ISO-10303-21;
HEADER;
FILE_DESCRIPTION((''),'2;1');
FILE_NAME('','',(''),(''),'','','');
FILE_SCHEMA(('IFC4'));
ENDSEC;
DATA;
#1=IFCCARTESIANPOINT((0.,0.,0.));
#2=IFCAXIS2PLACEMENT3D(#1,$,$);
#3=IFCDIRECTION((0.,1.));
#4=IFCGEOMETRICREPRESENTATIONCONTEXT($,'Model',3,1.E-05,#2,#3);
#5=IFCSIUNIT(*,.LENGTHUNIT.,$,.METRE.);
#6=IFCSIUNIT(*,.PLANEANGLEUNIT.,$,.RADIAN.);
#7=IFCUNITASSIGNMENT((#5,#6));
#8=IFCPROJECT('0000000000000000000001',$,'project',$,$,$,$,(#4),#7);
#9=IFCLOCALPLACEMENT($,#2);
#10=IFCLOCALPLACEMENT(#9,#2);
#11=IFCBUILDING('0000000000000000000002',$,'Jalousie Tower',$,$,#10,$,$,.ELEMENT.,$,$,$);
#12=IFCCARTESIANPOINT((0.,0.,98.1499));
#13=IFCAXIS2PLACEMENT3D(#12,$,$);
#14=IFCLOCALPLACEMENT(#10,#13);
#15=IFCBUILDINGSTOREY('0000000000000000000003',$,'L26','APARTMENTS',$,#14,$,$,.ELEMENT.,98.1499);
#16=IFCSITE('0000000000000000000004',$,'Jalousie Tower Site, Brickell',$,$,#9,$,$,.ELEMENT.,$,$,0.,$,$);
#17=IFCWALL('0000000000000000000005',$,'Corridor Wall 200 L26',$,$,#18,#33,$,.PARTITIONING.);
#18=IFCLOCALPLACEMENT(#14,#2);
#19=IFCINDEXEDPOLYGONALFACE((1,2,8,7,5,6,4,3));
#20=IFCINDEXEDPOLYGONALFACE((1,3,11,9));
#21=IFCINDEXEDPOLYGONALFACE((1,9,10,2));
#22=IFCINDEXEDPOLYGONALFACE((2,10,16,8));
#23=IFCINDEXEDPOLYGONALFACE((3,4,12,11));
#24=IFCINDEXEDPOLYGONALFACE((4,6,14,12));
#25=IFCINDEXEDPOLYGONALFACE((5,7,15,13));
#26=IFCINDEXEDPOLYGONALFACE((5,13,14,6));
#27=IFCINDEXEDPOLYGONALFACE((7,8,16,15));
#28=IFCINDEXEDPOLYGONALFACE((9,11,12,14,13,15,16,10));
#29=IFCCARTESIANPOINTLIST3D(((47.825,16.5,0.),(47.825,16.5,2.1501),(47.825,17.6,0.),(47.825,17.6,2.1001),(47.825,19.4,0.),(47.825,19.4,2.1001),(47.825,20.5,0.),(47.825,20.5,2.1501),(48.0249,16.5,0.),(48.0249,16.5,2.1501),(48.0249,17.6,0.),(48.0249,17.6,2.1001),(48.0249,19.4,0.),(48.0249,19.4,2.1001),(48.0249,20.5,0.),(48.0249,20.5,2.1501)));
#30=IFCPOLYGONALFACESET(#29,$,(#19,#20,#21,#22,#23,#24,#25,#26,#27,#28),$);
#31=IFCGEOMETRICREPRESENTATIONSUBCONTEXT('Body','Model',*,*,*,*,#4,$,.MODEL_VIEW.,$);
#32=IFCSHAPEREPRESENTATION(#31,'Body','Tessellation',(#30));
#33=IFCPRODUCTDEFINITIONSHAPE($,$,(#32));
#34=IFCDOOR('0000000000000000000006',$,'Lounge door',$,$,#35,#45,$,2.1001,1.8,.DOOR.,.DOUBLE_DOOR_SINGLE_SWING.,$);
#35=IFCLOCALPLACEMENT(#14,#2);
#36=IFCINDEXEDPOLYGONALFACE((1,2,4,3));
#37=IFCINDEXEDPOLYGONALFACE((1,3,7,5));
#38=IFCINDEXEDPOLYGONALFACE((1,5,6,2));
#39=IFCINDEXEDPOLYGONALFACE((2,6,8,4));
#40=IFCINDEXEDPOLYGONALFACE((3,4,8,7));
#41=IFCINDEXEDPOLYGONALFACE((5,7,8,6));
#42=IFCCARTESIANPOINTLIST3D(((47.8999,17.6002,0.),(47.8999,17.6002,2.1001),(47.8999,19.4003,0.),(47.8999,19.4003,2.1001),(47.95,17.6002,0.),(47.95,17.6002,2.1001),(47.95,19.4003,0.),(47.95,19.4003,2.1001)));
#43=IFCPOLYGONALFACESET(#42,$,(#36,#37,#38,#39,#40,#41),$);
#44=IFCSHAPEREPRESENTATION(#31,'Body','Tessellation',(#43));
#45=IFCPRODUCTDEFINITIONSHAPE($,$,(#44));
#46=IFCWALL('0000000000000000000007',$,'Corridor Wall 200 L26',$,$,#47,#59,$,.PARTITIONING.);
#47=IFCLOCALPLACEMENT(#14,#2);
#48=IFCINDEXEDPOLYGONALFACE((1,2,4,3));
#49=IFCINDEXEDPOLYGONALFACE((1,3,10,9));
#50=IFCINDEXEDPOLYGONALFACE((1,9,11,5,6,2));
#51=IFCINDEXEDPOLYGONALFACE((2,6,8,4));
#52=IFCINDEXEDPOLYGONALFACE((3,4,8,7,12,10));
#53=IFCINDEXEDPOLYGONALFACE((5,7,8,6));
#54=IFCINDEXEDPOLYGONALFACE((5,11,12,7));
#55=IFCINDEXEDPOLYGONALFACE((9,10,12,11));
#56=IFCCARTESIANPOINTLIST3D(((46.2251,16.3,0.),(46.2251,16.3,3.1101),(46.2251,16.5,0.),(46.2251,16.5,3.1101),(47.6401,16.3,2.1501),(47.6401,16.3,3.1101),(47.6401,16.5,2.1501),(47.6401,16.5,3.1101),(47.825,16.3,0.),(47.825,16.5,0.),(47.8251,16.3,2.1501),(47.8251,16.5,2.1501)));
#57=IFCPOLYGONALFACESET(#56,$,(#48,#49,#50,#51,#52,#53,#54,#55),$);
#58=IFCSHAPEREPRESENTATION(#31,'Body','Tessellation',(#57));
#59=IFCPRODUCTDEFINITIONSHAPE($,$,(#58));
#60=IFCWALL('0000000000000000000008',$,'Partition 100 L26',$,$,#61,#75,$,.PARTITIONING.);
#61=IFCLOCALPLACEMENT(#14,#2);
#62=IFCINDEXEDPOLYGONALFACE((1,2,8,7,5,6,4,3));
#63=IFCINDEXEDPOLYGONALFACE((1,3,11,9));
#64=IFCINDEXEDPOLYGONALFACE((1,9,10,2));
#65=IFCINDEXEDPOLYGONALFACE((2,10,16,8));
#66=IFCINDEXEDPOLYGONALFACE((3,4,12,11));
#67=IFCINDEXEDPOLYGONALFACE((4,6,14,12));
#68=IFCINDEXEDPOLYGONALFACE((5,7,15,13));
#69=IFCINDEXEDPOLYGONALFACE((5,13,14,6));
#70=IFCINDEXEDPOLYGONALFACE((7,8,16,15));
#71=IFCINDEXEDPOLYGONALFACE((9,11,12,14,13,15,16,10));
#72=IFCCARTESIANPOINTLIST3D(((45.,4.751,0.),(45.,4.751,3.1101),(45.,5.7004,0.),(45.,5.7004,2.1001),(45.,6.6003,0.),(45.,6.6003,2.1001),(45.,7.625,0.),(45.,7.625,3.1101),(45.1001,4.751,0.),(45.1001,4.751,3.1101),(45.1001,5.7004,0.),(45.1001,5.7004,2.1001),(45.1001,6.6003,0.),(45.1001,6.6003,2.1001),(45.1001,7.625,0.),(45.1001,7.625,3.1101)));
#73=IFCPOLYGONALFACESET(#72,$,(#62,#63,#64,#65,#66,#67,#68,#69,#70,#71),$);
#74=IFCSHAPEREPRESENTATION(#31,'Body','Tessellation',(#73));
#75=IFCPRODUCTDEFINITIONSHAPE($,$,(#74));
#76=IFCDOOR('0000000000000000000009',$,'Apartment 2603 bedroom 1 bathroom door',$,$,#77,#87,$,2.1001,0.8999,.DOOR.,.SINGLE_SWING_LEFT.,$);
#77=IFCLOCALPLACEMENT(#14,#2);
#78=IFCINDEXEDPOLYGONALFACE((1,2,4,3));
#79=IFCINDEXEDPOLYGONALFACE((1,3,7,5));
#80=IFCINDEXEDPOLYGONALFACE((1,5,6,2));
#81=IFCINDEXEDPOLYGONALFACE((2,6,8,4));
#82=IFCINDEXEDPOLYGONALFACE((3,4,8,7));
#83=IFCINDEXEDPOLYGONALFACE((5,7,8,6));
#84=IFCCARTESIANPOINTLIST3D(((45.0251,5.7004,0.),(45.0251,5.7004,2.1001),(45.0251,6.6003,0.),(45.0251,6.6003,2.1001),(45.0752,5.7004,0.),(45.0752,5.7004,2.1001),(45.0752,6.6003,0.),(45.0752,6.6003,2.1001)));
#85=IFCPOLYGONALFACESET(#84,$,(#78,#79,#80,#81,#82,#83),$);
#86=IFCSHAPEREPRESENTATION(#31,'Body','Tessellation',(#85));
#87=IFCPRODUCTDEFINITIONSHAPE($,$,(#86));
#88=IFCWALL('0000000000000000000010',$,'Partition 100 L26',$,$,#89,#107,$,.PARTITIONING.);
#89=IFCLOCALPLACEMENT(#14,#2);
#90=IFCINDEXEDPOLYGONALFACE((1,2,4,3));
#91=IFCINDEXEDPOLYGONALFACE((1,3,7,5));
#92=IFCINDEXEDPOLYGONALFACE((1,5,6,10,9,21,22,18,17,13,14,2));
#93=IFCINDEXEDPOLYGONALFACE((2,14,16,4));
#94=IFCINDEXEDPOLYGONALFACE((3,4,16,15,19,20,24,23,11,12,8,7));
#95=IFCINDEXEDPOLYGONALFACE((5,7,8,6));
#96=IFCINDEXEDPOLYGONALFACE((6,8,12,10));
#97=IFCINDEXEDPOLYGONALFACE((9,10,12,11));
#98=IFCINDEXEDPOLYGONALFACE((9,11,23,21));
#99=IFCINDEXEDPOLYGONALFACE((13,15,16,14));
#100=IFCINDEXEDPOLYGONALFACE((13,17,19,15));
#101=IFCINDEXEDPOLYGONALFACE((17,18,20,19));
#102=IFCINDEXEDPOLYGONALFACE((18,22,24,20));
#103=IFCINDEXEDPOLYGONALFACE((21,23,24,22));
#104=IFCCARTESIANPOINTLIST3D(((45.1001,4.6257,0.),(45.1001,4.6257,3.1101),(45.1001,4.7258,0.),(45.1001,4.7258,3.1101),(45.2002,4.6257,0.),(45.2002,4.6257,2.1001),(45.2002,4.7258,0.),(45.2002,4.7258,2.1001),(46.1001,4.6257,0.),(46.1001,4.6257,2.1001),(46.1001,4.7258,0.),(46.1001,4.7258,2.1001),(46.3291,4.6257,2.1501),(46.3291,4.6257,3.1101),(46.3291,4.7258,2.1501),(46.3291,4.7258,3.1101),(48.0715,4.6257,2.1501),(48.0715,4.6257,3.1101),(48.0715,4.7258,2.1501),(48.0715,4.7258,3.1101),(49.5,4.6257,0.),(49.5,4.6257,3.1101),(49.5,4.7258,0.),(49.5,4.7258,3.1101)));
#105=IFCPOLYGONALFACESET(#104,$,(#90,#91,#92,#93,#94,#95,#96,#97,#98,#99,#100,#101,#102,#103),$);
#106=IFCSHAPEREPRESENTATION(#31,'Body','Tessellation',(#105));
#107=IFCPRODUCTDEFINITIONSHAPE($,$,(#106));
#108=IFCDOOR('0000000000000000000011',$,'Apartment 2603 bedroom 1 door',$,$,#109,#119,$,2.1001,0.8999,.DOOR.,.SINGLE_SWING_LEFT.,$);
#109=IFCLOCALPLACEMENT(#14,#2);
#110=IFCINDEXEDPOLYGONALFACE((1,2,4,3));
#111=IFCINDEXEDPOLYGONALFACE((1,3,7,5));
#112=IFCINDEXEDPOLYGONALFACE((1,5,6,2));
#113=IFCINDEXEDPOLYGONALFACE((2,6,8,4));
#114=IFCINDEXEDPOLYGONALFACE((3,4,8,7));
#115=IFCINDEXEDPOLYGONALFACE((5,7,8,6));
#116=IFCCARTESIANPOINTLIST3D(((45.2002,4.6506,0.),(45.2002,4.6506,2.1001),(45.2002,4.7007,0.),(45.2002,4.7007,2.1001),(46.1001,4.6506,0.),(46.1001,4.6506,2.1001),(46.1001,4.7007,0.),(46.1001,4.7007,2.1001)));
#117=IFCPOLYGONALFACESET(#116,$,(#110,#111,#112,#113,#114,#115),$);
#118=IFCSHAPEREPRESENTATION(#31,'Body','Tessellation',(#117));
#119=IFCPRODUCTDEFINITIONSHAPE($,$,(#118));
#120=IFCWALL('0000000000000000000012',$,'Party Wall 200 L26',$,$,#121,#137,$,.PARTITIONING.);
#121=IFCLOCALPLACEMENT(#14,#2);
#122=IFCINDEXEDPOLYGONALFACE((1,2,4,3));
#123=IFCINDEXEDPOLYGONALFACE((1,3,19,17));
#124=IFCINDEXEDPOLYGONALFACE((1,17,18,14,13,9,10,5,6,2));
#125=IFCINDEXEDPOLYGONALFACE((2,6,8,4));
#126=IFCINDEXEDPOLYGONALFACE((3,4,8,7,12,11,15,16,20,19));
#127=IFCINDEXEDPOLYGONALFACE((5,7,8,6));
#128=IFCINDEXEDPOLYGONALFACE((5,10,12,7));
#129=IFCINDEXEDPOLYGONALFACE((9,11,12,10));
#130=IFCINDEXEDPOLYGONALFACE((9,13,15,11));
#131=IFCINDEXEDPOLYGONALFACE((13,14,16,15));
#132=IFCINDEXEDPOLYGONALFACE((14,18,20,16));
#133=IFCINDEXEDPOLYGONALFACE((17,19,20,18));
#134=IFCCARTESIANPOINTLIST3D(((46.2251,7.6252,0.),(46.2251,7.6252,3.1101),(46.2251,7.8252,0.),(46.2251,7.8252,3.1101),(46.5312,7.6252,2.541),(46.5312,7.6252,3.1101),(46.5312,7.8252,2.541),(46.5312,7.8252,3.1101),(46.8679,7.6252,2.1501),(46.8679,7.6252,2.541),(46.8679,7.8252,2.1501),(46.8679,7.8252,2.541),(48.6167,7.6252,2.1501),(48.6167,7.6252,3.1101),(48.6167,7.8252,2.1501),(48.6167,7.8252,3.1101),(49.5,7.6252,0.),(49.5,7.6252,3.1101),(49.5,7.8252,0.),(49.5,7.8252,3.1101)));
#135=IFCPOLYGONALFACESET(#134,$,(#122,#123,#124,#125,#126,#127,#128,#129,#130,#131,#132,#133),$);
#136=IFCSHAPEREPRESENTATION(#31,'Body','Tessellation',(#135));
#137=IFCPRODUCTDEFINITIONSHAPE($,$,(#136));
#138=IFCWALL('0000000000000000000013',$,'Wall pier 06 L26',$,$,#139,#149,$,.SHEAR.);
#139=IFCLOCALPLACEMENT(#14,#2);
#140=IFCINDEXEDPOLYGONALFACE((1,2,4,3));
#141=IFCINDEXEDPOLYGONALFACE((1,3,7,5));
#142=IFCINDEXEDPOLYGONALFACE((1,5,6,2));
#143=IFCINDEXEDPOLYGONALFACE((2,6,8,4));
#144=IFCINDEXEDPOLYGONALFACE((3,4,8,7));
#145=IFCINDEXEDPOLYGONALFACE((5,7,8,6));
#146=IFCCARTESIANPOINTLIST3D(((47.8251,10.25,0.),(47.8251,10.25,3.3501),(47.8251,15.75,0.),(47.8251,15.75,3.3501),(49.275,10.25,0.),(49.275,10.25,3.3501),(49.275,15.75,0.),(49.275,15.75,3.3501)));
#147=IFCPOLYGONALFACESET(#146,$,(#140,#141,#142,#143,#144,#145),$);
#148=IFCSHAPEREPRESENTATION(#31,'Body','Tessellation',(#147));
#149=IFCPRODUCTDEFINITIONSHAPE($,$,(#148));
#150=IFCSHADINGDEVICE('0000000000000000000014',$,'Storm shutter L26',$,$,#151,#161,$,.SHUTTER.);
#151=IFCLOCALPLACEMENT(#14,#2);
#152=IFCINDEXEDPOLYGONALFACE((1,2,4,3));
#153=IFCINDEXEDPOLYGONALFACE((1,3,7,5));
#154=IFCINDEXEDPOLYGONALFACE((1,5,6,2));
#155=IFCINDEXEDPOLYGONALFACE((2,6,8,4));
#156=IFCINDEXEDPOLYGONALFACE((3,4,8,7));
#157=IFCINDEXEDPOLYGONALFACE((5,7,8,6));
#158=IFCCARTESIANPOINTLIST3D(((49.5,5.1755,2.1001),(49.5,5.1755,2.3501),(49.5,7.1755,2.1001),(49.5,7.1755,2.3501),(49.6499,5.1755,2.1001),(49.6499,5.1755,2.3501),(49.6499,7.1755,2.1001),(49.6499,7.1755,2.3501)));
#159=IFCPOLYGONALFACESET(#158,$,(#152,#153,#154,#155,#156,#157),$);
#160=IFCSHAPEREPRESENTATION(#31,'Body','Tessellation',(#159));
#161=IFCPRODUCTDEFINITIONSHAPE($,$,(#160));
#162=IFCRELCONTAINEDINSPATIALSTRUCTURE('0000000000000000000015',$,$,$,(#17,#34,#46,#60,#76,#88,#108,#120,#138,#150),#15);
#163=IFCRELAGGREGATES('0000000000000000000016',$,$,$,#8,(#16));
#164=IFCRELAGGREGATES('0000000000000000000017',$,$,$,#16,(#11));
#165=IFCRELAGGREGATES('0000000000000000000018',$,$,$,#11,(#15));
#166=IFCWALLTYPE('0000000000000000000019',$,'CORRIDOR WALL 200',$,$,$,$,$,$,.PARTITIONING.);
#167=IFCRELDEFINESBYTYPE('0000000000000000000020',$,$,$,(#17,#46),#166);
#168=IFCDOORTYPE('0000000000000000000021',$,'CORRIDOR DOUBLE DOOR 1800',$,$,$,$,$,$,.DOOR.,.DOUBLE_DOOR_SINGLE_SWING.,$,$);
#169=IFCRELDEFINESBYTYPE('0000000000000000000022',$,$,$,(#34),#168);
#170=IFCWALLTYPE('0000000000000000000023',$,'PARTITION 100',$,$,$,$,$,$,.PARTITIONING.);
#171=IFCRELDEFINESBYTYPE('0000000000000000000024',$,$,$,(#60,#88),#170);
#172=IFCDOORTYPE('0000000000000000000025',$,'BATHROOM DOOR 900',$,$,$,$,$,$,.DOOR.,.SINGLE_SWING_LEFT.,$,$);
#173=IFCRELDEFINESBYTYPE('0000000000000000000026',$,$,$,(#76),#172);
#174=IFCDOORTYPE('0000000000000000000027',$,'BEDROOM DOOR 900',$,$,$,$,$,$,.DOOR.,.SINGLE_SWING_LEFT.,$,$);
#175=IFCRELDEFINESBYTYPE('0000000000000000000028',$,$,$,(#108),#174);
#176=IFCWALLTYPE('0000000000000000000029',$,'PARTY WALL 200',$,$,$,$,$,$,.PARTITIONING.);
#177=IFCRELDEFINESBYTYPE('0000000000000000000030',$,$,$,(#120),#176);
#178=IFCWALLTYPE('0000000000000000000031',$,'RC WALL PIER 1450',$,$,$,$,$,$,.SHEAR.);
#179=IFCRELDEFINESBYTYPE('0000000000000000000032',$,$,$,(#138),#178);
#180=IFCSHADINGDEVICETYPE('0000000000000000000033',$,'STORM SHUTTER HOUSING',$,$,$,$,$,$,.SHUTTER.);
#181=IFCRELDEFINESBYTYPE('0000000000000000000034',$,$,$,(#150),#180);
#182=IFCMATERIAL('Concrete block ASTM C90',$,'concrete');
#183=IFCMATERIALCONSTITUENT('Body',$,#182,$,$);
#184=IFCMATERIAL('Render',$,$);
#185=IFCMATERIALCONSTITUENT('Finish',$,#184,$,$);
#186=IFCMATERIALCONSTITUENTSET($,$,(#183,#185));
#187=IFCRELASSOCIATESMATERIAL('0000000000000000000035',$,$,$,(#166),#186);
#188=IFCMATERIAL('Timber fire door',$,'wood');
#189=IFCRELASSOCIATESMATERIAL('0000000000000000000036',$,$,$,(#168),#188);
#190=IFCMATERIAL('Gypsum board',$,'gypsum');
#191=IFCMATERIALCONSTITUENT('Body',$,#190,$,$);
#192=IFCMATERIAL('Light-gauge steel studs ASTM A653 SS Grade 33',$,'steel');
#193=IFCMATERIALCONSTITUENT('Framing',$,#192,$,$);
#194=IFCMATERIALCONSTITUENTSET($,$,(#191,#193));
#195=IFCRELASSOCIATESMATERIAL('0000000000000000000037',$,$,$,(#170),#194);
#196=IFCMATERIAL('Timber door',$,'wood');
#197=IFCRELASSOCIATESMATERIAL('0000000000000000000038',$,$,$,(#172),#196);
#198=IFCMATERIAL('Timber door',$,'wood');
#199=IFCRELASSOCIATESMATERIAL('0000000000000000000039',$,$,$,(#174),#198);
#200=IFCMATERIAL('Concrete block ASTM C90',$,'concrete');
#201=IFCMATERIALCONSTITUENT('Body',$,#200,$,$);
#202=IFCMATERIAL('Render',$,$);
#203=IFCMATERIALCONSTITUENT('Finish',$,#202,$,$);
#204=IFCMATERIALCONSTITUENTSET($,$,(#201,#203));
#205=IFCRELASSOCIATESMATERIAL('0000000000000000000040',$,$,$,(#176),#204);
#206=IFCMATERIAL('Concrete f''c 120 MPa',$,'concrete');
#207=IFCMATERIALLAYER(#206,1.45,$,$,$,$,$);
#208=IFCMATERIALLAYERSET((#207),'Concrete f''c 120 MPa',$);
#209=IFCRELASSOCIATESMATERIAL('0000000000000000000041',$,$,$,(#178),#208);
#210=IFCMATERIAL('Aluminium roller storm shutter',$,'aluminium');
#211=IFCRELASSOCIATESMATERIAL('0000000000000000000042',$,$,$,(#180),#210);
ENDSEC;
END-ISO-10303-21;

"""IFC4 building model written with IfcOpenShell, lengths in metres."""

from ifc_helpers import new_model, si_unit, direction, frame, frame_2d, origin, origin_2d, place, context, subcontext, project, spatial, polyline, rectangle, outline, extrude, material, layer, layer_set, constituent, constituent_set, type_object, element, fill, save


model = new_model("IFC4")

# Units and contexts
model_context = context("Model", 3, precision=1e-05, world=origin(), true_north=direction((0.0, 1.0)))
body_context = subcontext(model_context, "Body", "Model", "MODEL_VIEW")
ifc_project = project(units=[si_unit("LENGTHUNIT", "METRE"), si_unit("PLANEANGLEUNIT", "RADIAN")], contexts=[model_context])

# Site, building, storey
site_placement = place(None, origin())
site = spatial("IfcSite", under=ifc_project, at=site_placement, Name="Jalousie Tower Site, Brickell", CompositionType="ELEMENT", RefElevation=0.0)
building_placement = place(site_placement, origin())
building = spatial("IfcBuilding", under=site, at=building_placement, Name="Jalousie Tower", CompositionType="ELEMENT")
storey_placement = place(building_placement, frame((0.0, 0.0, 98.1499)))
storey = spatial("IfcBuildingStorey", under=building, at=storey_placement, Name="L26", Description="APARTMENTS", CompositionType="ELEMENT", Elevation=98.1499)

# Shared definitions
ifc_material_1 = material(Name="Concrete block ASTM C90", Category="concrete")
ifc_constituent_1 = constituent(ifc_material_1, Name="Body")
ifc_material_2 = material(Name="Render")
ifc_constituent_2 = constituent(ifc_material_2, Name="Finish")
ifc_constituent_set_1 = constituent_set(constituents=[ifc_constituent_1, ifc_constituent_2])
wall_type_1 = type_object("IfcWallType", Name="CORRIDOR WALL 200", PredefinedType="PARTITIONING", material=ifc_constituent_set_1)

# Wall, opening, door
wall_1_placement = place(storey_placement, frame((47.925, 16.5, 0.0), z_axis=(0.0, 0.0, 1.0), x_axis=(0.0, 1.0, 0.0)))
wall_1 = element("IfcWall", 1, at=wall_1_placement, inside=storey, type_object=wall_type_1, Name="Corridor Wall 200 L26", PredefinedType="PARTITIONING", context=body_context, shape_type="SweptSolid", body=[
    extrude(outline(polyline([(0.0, 0.0), (4.0, 0.0), (4.0, 3.1101), (4.0, 2.1501), (0.0, 2.1501), (0.0, 3.1101), (0.0, 0.0)])), frame((0.0, 0.1001, 0.0), z_axis=(0.0, -1.0, 0.0), x_axis=(1.0, 0.0, 0.0)), (0.0, 0.0, 1.0), 0.2),
])
opening_1_placement = place(wall_1_placement, frame((1.1001, 0.0, 0.0)))
opening_1 = element("IfcOpeningElement", 2, at=opening_1_placement, cuts=wall_1, PredefinedType="OPENING", context=body_context, shape_type="SweptSolid", body=[
    extrude(rectangle(XDim=1.8, YDim=2.1001, at=frame_2d((0.8999, 1.05))), frame((0.0, 0.1099, 0.0), z_axis=(0.0, -1.0, 0.0), x_axis=(1.0, 0.0, 0.0)), (0.0, 0.0, 1.0), 0.22),
])
ifc_material_3 = material(Name="Timber fire door", Category="wood")
door_type_1 = type_object("IfcDoorType", Name="CORRIDOR DOUBLE DOOR 1800", OperationType="DOUBLE_DOOR_SINGLE_SWING", PredefinedType="DOOR", material=ifc_material_3)
door_1_placement = place(opening_1_placement, frame((1.8, 0.0, 0.0), z_axis=(0.0, 0.0, 1.0), x_axis=(-1.0, 0.0, 0.0)))
door_1 = element("IfcDoor", 3, at=door_1_placement, inside=storey, type_object=door_type_1, Name="Lounge door", OperationType="DOUBLE_DOOR_SINGLE_SWING", OverallHeight=2.1001, OverallWidth=1.8, PredefinedType="DOOR", context=body_context, shape_type="SweptSolid", body=[
    extrude(rectangle(XDim=1.8, YDim=2.1001, at=frame_2d((0.8999, 1.05))), frame((0.0, 0.0249, 0.0), z_axis=(0.0, -1.0, 0.0), x_axis=(1.0, 0.0, 0.0)), (0.0, 0.0, 1.0), 0.05),
])
fill(opening_1, door_1)

# Wall
wall_2_placement = place(storey_placement, frame((46.2251, 16.3999, 0.0), z_axis=(0.0, 0.0, 1.0), x_axis=(1.0, 0.0, 0.0)))
element("IfcWall", 4, at=wall_2_placement, inside=storey, type_object=wall_type_1, Name="Corridor Wall 200 L26", PredefinedType="PARTITIONING", context=body_context, shape_type="SweptSolid", body=[
    extrude(outline(polyline([(0.0, 0.0), (1.5999, 0.0), (1.6001, 3.1101), (1.6001, 2.1501), (1.415, 2.1501), (1.415, 3.1101), (0.0, 3.1101), (0.0, 0.0)])), frame((0.0, 0.1001, 0.0), z_axis=(0.0, -1.0, 0.0), x_axis=(1.0, 0.0, 0.0)), (0.0, 0.0, 1.0), 0.2),
])

# Walls, openings, doors
ifc_material_4 = material(Name="Gypsum board", Category="gypsum")
ifc_constituent_3 = constituent(ifc_material_4, Name="Body")
ifc_material_5 = material(Name="Light-gauge steel studs ASTM A653 SS Grade 33", Category="steel")
ifc_constituent_4 = constituent(ifc_material_5, Name="Framing")
ifc_constituent_set_2 = constituent_set(constituents=[ifc_constituent_3, ifc_constituent_4])
wall_type_2 = type_object("IfcWallType", Name="PARTITION 100", PredefinedType="PARTITIONING", material=ifc_constituent_set_2)
wall_3_placement = place(storey_placement, frame((45.05, 4.751, 0.0), z_axis=(0.0, 0.0, 1.0), x_axis=(0.0, 1.0, 0.0)))
wall_3 = element("IfcWall", 5, at=wall_3_placement, inside=storey, type_object=wall_type_2, Name="Partition 100 L26", PredefinedType="PARTITIONING", context=body_context, shape_type="SweptSolid", body=[
    extrude(rectangle(XDim=2.874, YDim=0.1001, at=frame_2d((1.437, 0.0))), origin(), (0.0, 0.0, 1.0), 3.1101),
])
opening_2_placement = place(wall_3_placement, frame((0.9495, 0.0, 0.0)))
opening_2 = element("IfcOpeningElement", 6, at=opening_2_placement, cuts=wall_3, PredefinedType="OPENING", context=body_context, shape_type="SweptSolid", body=[
    extrude(rectangle(XDim=0.8999, YDim=2.1001, at=frame_2d((0.45, 1.05))), frame((0.0, 0.0601, 0.0), z_axis=(0.0, -1.0, 0.0), x_axis=(1.0, 0.0, 0.0)), (0.0, 0.0, 1.0), 0.1201),
])
ifc_material_6 = material(Name="Timber door", Category="wood")
door_type_2 = type_object("IfcDoorType", Name="BATHROOM DOOR 900", OperationType="SINGLE_SWING_LEFT", PredefinedType="DOOR", material=ifc_material_6)
door_2_placement = place(opening_2_placement, origin())
door_2 = element("IfcDoor", 7, at=door_2_placement, inside=storey, type_object=door_type_2, Name="Apartment 2603 bedroom 1 bathroom door", OperationType="SINGLE_SWING_LEFT", OverallHeight=2.1001, OverallWidth=0.8999, PredefinedType="DOOR", context=body_context, shape_type="SweptSolid", body=[
    extrude(rectangle(XDim=0.8999, YDim=2.1001, at=frame_2d((0.45, 1.05))), frame((0.0, 0.0249, 0.0), z_axis=(0.0, -1.0, 0.0), x_axis=(1.0, 0.0, 0.0)), (0.0, 0.0, 1.0), 0.05),
])
fill(opening_2, door_2)
wall_4_placement = place(storey_placement, frame((45.1001, 4.6758, 0.0), z_axis=(0.0, 0.0, 1.0), x_axis=(1.0, 0.0, 0.0)))
wall_4 = element("IfcWall", 8, at=wall_4_placement, inside=storey, type_object=wall_type_2, Name="Partition 100 L26", PredefinedType="PARTITIONING", context=body_context, shape_type="SweptSolid", body=[
    extrude(outline(polyline([(0.0, 0.0), (4.3999, 0.0), (4.3999, 3.1101), (2.9714, 3.1101), (2.9714, 2.1501), (1.229, 2.1501), (1.229, 3.1101), (0.0, 3.1101), (0.0, 0.0)])), frame((0.0, 0.05, 0.0), z_axis=(0.0, -1.0, 0.0), x_axis=(1.0, 0.0, 0.0)), (0.0, 0.0, 1.0), 0.1001),
])
opening_3_placement = place(wall_4_placement, frame((0.1001, 0.0, 0.0)))
opening_3 = element("IfcOpeningElement", 9, at=opening_3_placement, cuts=wall_4, PredefinedType="OPENING", context=body_context, shape_type="SweptSolid", body=[
    extrude(rectangle(XDim=0.8999, YDim=2.1001, at=frame_2d((0.45, 1.05))), frame((0.0, 0.0601, 0.0), z_axis=(0.0, -1.0, 0.0), x_axis=(1.0, 0.0, 0.0)), (0.0, 0.0, 1.0), 0.1201),
])
ifc_material_7 = material(Name="Timber door", Category="wood")
door_type_3 = type_object("IfcDoorType", Name="BEDROOM DOOR 900", OperationType="SINGLE_SWING_LEFT", PredefinedType="DOOR", material=ifc_material_7)
door_3_placement = place(opening_3_placement, origin())
door_3 = element("IfcDoor", 10, at=door_3_placement, inside=storey, type_object=door_type_3, Name="Apartment 2603 bedroom 1 door", OperationType="SINGLE_SWING_LEFT", OverallHeight=2.1001, OverallWidth=0.8999, PredefinedType="DOOR", context=body_context, shape_type="SweptSolid", body=[
    extrude(rectangle(XDim=0.8999, YDim=2.1001, at=frame_2d((0.45, 1.05))), frame((0.0, 0.0249, 0.0), z_axis=(0.0, -1.0, 0.0), x_axis=(1.0, 0.0, 0.0)), (0.0, 0.0, 1.0), 0.05),
])
fill(opening_3, door_3)

# Walls
ifc_material_8 = material(Name="Concrete block ASTM C90", Category="concrete")
ifc_constituent_5 = constituent(ifc_material_8, Name="Body")
ifc_material_9 = material(Name="Render")
ifc_constituent_6 = constituent(ifc_material_9, Name="Finish")
ifc_constituent_set_3 = constituent_set(constituents=[ifc_constituent_5, ifc_constituent_6])
wall_type_3 = type_object("IfcWallType", Name="PARTY WALL 200", PredefinedType="PARTITIONING", material=ifc_constituent_set_3)
wall_5_placement = place(storey_placement, frame((46.2251, 7.7251, 0.0), z_axis=(0.0, 0.0, 1.0), x_axis=(1.0, 0.0, 0.0)))
element("IfcWall", 11, at=wall_5_placement, inside=storey, type_object=wall_type_3, Name="Party Wall 200 L26", PredefinedType="PARTITIONING", context=body_context, shape_type="SweptSolid", body=[
    extrude(outline(polyline([(0.0, 0.0), (3.2749, 0.0), (3.2749, 3.1101), (2.3916, 3.1101), (2.3916, 2.1501), (0.6428, 2.1501), (0.6428, 2.541), (0.3062, 2.541), (0.3062, 3.1101), (0.0, 3.1101), (0.0, 0.0)])), frame((0.0, 0.1001, 0.0), z_axis=(0.0, -1.0, 0.0), x_axis=(1.0, 0.0, 0.0)), (0.0, 0.0, 1.0), 0.2),
])
ifc_material_10 = material(Name="Concrete f'c 120 MPa", Category="concrete")
ifc_layer_1 = layer(ifc_material_10, 1.45)
ifc_layer_set_1 = layer_set([ifc_layer_1], Name="Concrete f'c 120 MPa")
wall_type_4 = type_object("IfcWallType", Name="RC WALL PIER 1450", PredefinedType="SHEAR", material=ifc_layer_set_1)
wall_6_placement = place(storey_placement, frame((48.55, 10.25, 0.0), z_axis=(0.0, 0.0, 1.0), x_axis=(0.0, 1.0, 0.0)))
element("IfcWall", 12, at=wall_6_placement, inside=storey, type_object=wall_type_4, Name="Wall pier 06 L26", PredefinedType="SHEAR", context=body_context, shape_type="SweptSolid", body=[
    extrude(rectangle(XDim=5.5, YDim=1.45, at=frame_2d((2.75, 0.0))), origin(), (0.0, 0.0, 1.0), 3.3501),
])

# Shading device
ifc_material_11 = material(Name="Aluminium roller storm shutter", Category="aluminium")
shading_device_type = type_object("IfcShadingDeviceType", Name="STORM SHUTTER HOUSING", PredefinedType="SHUTTER", material=ifc_material_11)
shading_device_placement = place(storey_placement, frame((49.575, 6.1755, 2.1001), z_axis=(0.0, 0.0, 1.0), x_axis=(0.0, 1.0, 0.0)))
element("IfcShadingDevice", 13, at=shading_device_placement, inside=storey, type_object=shading_device_type, Name="Storm shutter L26", PredefinedType="SHUTTER", context=body_context, shape_type="SweptSolid", body=[
    extrude(rectangle(XDim=2.0, YDim=0.1499, at=origin_2d()), origin(), (0.0, 0.0, 1.0), 0.25),
])

save(model, "model.ifc")
